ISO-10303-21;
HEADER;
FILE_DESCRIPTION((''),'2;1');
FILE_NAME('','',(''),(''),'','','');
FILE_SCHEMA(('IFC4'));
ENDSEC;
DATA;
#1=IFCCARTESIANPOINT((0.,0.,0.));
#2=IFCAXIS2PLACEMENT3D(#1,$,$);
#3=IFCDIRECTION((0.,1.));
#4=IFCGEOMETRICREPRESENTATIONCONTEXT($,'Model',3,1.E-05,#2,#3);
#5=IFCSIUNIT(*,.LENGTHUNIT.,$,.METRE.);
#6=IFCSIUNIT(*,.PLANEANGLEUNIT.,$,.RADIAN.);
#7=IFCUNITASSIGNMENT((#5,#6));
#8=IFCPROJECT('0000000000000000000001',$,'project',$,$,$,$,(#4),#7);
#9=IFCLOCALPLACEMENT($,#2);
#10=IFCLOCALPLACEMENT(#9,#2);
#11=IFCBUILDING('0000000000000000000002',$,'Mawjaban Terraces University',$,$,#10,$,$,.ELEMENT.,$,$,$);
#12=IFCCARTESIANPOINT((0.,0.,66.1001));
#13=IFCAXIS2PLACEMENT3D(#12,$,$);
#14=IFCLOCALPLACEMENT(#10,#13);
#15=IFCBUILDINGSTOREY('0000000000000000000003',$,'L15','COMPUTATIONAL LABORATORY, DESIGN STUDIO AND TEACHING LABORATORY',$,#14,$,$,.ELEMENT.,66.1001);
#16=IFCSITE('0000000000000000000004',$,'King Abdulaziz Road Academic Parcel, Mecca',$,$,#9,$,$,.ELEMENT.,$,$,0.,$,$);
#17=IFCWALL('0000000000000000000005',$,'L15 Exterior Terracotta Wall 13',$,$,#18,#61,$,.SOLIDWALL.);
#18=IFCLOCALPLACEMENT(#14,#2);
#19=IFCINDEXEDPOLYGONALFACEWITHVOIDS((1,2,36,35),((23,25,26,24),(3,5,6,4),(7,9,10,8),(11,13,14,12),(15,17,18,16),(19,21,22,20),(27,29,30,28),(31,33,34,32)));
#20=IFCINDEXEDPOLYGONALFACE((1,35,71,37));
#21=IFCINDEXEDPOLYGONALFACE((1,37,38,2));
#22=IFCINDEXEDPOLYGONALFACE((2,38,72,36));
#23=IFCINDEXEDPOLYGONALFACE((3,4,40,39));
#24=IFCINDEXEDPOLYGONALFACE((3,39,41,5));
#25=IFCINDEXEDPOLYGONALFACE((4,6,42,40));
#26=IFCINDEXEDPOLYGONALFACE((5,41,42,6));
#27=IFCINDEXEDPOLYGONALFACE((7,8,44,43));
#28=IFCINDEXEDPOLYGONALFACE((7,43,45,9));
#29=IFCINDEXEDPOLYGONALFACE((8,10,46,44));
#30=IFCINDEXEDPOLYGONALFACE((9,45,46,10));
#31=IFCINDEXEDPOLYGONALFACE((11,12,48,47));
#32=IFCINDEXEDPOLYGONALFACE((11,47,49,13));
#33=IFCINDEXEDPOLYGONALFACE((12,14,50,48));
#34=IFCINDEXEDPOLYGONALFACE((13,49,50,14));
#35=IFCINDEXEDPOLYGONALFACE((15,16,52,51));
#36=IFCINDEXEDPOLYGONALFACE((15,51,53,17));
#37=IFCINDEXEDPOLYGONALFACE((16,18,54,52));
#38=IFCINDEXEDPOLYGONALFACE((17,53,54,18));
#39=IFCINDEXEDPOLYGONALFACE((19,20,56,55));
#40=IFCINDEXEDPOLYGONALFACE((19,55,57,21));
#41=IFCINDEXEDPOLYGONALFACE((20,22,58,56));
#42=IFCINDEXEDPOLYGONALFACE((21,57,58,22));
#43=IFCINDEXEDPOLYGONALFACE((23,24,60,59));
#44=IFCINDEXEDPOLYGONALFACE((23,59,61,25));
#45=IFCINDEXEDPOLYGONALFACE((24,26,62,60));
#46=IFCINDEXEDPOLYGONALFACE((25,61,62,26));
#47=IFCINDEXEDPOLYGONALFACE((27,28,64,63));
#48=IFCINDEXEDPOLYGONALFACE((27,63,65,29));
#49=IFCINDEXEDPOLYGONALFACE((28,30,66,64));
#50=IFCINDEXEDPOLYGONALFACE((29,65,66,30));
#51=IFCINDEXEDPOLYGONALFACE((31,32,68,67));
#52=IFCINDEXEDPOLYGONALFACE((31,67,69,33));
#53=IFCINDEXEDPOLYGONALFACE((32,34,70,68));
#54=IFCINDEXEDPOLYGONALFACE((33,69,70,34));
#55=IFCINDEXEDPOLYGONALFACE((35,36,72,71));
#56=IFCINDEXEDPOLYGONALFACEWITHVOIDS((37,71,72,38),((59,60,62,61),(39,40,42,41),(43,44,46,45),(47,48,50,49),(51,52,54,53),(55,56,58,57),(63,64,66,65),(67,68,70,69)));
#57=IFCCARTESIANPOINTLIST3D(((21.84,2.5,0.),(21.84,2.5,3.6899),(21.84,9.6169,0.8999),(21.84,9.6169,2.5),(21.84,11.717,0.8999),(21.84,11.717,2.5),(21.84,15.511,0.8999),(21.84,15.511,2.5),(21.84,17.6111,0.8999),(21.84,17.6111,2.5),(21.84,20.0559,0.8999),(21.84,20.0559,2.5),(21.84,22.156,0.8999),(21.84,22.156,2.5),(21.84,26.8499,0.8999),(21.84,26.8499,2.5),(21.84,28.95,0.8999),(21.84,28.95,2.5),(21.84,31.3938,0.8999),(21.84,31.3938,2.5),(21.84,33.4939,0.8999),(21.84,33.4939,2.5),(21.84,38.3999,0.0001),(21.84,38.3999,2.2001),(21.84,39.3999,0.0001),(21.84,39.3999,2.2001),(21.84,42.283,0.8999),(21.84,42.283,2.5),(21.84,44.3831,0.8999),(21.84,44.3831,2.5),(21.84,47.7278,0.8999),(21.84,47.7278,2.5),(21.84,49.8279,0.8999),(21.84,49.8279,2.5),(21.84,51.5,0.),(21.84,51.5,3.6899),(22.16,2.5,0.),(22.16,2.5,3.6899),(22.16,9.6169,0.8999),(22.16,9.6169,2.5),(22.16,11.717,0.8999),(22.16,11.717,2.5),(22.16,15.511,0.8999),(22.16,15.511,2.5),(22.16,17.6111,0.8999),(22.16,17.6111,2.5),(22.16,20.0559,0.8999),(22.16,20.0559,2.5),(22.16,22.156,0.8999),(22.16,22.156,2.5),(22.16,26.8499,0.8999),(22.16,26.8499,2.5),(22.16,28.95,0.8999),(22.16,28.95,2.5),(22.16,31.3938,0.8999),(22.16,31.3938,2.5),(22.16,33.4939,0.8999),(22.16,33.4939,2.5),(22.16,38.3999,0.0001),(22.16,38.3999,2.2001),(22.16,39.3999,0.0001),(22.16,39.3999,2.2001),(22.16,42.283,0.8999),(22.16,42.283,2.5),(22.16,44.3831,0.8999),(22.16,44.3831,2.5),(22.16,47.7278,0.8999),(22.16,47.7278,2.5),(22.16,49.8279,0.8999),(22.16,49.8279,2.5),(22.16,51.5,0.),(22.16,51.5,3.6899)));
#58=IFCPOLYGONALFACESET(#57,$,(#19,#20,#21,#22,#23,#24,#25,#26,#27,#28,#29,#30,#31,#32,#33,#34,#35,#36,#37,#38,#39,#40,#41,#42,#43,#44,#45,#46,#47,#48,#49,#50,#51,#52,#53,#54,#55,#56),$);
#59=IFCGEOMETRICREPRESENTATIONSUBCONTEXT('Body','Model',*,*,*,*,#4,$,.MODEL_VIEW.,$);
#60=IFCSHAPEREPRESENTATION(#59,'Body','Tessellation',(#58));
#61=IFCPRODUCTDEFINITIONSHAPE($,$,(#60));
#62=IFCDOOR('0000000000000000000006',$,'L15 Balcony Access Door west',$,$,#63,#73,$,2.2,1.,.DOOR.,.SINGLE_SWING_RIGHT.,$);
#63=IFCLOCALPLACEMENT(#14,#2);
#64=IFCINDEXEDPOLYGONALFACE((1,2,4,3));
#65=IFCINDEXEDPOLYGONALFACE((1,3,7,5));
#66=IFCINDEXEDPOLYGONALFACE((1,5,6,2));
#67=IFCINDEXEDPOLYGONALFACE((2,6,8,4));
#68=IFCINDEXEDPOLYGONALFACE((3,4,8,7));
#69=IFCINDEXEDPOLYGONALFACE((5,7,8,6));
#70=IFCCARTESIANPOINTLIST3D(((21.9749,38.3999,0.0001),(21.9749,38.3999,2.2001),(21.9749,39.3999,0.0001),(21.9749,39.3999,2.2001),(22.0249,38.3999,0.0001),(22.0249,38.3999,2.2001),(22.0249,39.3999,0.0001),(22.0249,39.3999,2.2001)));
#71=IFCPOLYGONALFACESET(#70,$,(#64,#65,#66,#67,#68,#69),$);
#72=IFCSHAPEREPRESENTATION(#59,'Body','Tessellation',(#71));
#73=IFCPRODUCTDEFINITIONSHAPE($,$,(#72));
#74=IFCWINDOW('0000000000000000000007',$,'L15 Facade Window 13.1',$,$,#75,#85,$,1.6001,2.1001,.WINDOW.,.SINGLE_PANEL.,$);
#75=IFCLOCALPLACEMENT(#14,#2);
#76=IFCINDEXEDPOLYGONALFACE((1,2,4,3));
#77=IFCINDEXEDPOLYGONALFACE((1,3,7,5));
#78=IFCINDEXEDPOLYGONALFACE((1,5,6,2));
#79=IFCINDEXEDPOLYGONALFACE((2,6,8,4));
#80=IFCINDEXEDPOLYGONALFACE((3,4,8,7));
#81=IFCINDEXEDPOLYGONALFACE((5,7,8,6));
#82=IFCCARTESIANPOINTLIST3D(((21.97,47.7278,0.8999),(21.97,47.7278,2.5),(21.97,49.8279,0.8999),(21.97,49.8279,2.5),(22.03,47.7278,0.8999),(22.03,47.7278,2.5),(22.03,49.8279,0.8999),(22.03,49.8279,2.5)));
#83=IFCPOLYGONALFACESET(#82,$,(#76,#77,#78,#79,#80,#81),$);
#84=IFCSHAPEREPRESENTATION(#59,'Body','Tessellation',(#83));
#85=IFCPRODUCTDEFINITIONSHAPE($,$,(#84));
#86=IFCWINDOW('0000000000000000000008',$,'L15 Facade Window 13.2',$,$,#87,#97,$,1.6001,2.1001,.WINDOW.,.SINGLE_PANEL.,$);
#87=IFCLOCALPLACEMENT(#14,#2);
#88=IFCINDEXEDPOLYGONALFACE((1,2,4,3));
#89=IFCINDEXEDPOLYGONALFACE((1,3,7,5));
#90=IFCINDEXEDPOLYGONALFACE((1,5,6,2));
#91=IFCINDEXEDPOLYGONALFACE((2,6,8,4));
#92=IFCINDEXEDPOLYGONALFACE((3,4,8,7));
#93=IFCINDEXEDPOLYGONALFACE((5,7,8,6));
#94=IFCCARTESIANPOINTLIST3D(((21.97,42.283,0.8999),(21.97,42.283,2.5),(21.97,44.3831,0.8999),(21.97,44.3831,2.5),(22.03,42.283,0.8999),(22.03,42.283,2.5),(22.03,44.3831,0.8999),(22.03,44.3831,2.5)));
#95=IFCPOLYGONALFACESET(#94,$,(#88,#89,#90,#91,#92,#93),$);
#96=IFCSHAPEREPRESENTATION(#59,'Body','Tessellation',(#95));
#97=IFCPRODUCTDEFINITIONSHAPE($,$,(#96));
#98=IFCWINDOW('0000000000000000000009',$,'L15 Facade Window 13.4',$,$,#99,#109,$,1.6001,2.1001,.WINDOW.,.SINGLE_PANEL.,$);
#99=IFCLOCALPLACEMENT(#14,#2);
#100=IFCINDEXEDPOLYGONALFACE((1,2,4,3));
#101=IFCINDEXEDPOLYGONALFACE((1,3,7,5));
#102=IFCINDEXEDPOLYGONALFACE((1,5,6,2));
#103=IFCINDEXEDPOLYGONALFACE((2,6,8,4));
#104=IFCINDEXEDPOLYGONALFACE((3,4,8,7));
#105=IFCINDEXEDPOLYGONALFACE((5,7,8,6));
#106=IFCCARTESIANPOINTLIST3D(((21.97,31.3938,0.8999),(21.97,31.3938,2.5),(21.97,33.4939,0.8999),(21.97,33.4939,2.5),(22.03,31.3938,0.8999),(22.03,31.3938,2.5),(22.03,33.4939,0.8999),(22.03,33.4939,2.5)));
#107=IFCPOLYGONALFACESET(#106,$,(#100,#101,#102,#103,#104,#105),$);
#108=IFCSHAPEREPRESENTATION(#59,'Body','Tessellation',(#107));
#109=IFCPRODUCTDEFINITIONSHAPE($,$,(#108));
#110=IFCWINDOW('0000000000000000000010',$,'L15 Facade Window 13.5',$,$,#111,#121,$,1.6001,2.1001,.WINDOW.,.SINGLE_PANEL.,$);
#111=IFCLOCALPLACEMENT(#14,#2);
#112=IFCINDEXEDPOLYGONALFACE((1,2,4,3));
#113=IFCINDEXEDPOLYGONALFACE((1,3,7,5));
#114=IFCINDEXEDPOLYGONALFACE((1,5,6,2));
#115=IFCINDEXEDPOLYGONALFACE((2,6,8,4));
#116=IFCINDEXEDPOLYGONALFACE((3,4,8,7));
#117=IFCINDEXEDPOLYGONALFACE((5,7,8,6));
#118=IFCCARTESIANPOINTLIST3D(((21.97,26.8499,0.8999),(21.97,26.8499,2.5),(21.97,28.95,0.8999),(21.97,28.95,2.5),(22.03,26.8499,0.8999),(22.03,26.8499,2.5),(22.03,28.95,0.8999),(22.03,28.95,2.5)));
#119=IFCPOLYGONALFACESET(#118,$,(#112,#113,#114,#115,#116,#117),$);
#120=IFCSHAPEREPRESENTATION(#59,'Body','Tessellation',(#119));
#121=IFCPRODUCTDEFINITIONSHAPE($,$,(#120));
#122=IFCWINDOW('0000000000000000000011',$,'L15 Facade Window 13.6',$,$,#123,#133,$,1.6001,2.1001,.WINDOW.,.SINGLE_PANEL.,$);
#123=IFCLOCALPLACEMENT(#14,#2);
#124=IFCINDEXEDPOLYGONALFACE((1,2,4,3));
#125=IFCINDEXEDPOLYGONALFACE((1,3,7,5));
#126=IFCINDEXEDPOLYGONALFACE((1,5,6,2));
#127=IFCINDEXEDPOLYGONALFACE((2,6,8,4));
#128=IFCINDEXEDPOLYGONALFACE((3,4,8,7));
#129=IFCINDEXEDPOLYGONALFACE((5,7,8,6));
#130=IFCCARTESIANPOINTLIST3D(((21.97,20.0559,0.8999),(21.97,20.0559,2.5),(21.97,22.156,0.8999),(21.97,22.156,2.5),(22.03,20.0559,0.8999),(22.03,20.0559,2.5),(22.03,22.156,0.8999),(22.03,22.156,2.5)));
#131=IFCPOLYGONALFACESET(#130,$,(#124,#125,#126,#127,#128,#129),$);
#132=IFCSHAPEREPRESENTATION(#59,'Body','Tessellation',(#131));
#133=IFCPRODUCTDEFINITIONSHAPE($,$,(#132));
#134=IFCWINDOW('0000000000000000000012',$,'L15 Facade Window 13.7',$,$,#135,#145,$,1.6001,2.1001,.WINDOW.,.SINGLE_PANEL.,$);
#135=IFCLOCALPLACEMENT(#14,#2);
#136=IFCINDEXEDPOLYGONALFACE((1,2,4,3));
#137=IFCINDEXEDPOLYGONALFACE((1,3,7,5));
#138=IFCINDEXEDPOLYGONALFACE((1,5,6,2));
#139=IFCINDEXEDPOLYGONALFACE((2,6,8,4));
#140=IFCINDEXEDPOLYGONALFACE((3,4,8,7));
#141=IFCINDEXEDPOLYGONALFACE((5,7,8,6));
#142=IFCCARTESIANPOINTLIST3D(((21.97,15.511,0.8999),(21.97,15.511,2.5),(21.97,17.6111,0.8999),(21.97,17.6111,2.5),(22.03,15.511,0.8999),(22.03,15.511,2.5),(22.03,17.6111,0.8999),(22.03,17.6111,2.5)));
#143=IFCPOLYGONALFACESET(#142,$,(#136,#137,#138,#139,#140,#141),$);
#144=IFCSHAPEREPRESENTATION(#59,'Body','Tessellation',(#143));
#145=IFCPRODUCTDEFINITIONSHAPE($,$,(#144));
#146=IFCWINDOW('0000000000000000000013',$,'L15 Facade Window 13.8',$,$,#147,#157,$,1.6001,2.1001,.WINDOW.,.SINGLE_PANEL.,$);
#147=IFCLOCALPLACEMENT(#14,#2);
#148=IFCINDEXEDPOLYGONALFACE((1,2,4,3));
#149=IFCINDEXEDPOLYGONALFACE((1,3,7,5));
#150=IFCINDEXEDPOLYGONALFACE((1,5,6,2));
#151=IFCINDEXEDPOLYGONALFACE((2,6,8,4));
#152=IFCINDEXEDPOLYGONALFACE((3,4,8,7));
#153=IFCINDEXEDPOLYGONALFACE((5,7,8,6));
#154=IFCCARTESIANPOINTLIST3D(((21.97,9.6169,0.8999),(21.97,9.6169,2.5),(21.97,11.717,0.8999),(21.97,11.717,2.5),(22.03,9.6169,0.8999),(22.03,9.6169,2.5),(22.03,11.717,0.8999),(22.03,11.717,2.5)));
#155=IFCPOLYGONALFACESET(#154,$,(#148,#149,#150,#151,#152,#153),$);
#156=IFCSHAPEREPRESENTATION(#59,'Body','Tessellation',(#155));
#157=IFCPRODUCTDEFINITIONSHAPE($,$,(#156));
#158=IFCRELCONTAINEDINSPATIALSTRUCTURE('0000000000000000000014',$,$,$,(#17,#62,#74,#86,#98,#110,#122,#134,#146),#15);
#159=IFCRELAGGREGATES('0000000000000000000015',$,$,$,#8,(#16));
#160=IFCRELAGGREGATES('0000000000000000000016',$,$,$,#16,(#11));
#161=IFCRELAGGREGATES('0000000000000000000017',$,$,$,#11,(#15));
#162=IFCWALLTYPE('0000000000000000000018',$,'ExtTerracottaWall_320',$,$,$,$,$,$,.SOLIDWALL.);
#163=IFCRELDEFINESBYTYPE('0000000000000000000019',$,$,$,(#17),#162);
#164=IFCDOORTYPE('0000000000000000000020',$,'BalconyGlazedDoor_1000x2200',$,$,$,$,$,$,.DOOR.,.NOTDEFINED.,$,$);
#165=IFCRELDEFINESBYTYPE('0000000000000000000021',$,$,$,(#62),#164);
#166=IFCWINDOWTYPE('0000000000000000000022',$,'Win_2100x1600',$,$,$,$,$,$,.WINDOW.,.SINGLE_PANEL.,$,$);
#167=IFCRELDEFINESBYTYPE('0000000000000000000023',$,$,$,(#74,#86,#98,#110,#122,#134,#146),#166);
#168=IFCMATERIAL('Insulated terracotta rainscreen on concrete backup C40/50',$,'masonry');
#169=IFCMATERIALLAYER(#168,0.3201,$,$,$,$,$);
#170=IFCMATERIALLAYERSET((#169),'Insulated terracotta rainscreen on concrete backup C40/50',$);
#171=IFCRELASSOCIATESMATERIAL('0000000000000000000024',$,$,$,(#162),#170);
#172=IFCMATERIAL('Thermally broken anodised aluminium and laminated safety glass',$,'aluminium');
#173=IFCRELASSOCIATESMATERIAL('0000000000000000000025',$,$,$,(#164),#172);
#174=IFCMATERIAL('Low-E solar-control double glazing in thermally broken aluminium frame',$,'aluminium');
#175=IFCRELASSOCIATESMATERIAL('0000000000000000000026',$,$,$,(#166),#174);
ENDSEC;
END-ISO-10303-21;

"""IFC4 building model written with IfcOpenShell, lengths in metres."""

from ifc_helpers import new_model, si_unit, direction, frame, frame_2d, origin, place, context, subcontext, project, spatial, rectangle, extrude, material, layer, layer_set, type_object, element, fill, save


model = new_model("IFC4")

# Units and contexts
model_context = context("Model", 3, precision=1e-05, world=origin(), true_north=direction((0.0, 1.0)))
body_context = subcontext(model_context, "Body", "Model", "MODEL_VIEW")
ifc_project = project(units=[si_unit("LENGTHUNIT", "METRE"), si_unit("PLANEANGLEUNIT", "RADIAN")], contexts=[model_context])

# Site, building, storey
site_placement = place(None, origin())
site = spatial("IfcSite", under=ifc_project, at=site_placement, Name="King Abdulaziz Road Academic Parcel, Mecca", CompositionType="ELEMENT", RefElevation=0.0)
building_placement = place(site_placement, origin())
building = spatial("IfcBuilding", under=site, at=building_placement, Name="Mawjaban Terraces University", CompositionType="ELEMENT")
storey_placement = place(building_placement, frame((0.0, 0.0, 66.1001)))
storey = spatial("IfcBuildingStorey", under=building, at=storey_placement, Name="L15", Description="COMPUTATIONAL LABORATORY, DESIGN STUDIO AND TEACHING LABORATORY", CompositionType="ELEMENT", Elevation=66.1001)

# Shared definitions
ifc_material_1 = material(Name="Insulated terracotta rainscreen on concrete backup C40/50", Category="masonry")
ifc_layer_1 = layer(ifc_material_1, 0.3201)
ifc_layer_set_1 = layer_set([ifc_layer_1], Name="Insulated terracotta rainscreen on concrete backup C40/50")
wall_type_1 = type_object("IfcWallType", Name="ExtTerracottaWall_320", PredefinedType="SOLIDWALL", material=ifc_layer_set_1)
ifc_material_2 = material(Name="Low-E solar-control double glazing in thermally broken aluminium frame", Category="aluminium")

# Wall, openings, door, windows
wall_1_placement = place(storey_placement, frame((22.0, 51.5, 0.0), z_axis=(0.0, 0.0, 1.0), x_axis=(0.0, -1.0, 0.0)))
wall_1 = element("IfcWall", 1, at=wall_1_placement, inside=storey, type_object=wall_type_1, Name="L15 Exterior Terracotta Wall 13", PredefinedType="SOLIDWALL", context=body_context, shape_type="SweptSolid", body=[
    extrude(rectangle(XDim=49.0, YDim=0.3201, at=frame_2d((24.5, 0.0))), origin(), (0.0, 0.0, 1.0), 3.6899),
])
opening_1_placement = place(wall_1_placement, frame((12.1001, 0.0, 0.0)))
opening_1 = element("IfcOpeningElement", 2, at=opening_1_placement, cuts=wall_1, PredefinedType="OPENING", context=body_context, shape_type="SweptSolid", body=[
    extrude(rectangle(XDim=1.0, YDim=2.2, at=frame_2d((0.5, 1.1001))), frame((0.0, 0.1699, 0.0), z_axis=(0.0, -1.0, 0.0), x_axis=(1.0, 0.0, 0.0)), (0.0, 0.0, 1.0), 0.3401),
])
opening_2_placement = place(wall_1_placement, frame((1.6721, 0.0, 0.8999)))
opening_2 = element("IfcOpeningElement", 3, at=opening_2_placement, cuts=wall_1, PredefinedType="OPENING", context=body_context, shape_type="SweptSolid", body=[
    extrude(rectangle(XDim=2.1001, YDim=1.6001, at=frame_2d((1.05, 0.8))), frame((0.0, 0.1699, 0.0), z_axis=(0.0, -1.0, 0.0), x_axis=(1.0, 0.0, 0.0)), (0.0, 0.0, 1.0), 0.3401),
])
opening_3_placement = place(wall_1_placement, frame((7.1169, 0.0, 0.8999)))
opening_3 = element("IfcOpeningElement", 4, at=opening_3_placement, cuts=wall_1, PredefinedType="OPENING", context=body_context, shape_type="SweptSolid", body=[
    extrude(rectangle(XDim=2.1001, YDim=1.6001, at=frame_2d((1.05, 0.8))), frame((0.0, 0.1699, 0.0), z_axis=(0.0, -1.0, 0.0), x_axis=(1.0, 0.0, 0.0)), (0.0, 0.0, 1.0), 0.3401),
])
opening_4_placement = place(wall_1_placement, frame((18.0061, 0.0, 0.8999)))
opening_4 = element("IfcOpeningElement", 5, at=opening_4_placement, cuts=wall_1, PredefinedType="OPENING", context=body_context, shape_type="SweptSolid", body=[
    extrude(rectangle(XDim=2.1001, YDim=1.6001, at=frame_2d((1.05, 0.8))), frame((0.0, 0.1699, 0.0), z_axis=(0.0, -1.0, 0.0), x_axis=(1.0, 0.0, 0.0)), (0.0, 0.0, 1.0), 0.3401),
])
opening_5_placement = place(wall_1_placement, frame((22.55, 0.0, 0.8999)))
opening_5 = element("IfcOpeningElement", 6, at=opening_5_placement, cuts=wall_1, PredefinedType="OPENING", context=body_context, shape_type="SweptSolid", body=[
    extrude(rectangle(XDim=2.1001, YDim=1.6001, at=frame_2d((1.05, 0.8))), frame((0.0, 0.1699, 0.0), z_axis=(0.0, -1.0, 0.0), x_axis=(1.0, 0.0, 0.0)), (0.0, 0.0, 1.0), 0.3401),
])
opening_6_placement = place(wall_1_placement, frame((29.344, 0.0, 0.8999)))
opening_6 = element("IfcOpeningElement", 7, at=opening_6_placement, cuts=wall_1, PredefinedType="OPENING", context=body_context, shape_type="SweptSolid", body=[
    extrude(rectangle(XDim=2.1001, YDim=1.6001, at=frame_2d((1.05, 0.8))), frame((0.0, 0.1699, 0.0), z_axis=(0.0, -1.0, 0.0), x_axis=(1.0, 0.0, 0.0)), (0.0, 0.0, 1.0), 0.3401),
])
opening_7_placement = place(wall_1_placement, frame((33.8889, 0.0, 0.8999)))
opening_7 = element("IfcOpeningElement", 8, at=opening_7_placement, cuts=wall_1, PredefinedType="OPENING", context=body_context, shape_type="SweptSolid", body=[
    extrude(rectangle(XDim=2.1001, YDim=1.6001, at=frame_2d((1.05, 0.8))), frame((0.0, 0.1699, 0.0), z_axis=(0.0, -1.0, 0.0), x_axis=(1.0, 0.0, 0.0)), (0.0, 0.0, 1.0), 0.3401),
])
opening_8_placement = place(wall_1_placement, frame((39.783, 0.0, 0.8999)))
opening_8 = element("IfcOpeningElement", 9, at=opening_8_placement, cuts=wall_1, PredefinedType="OPENING", context=body_context, shape_type="SweptSolid", body=[
    extrude(rectangle(XDim=2.1001, YDim=1.6001, at=frame_2d((1.05, 0.8))), frame((0.0, 0.1699, 0.0), z_axis=(0.0, -1.0, 0.0), x_axis=(1.0, 0.0, 0.0)), (0.0, 0.0, 1.0), 0.3401),
])
ifc_material_3 = material(Name="Thermally broken anodised aluminium and laminated safety glass", Category="aluminium")
door_type_1 = type_object("IfcDoorType", Name="BalconyGlazedDoor_1000x2200", OperationType="NOTDEFINED", PredefinedType="DOOR", material=ifc_material_3)
door_1_placement = place(opening_1_placement, origin())
door_1 = element("IfcDoor", 10, at=door_1_placement, inside=storey, type_object=door_type_1, Name="L15 Balcony Access Door west", OperationType="SINGLE_SWING_RIGHT", OverallHeight=2.2, OverallWidth=1.0, PredefinedType="DOOR", context=body_context, shape_type="SweptSolid", body=[
    extrude(rectangle(XDim=1.0, YDim=2.2, at=frame_2d((0.5, 1.1001))), frame((0.0, 0.0249, 0.0), z_axis=(0.0, -1.0, 0.0), x_axis=(1.0, 0.0, 0.0)), (0.0, 0.0, 1.0), 0.05),
])
fill(opening_1, door_1)
window_type_1 = type_object("IfcWindowType", Name="Win_2100x1600", PartitioningType="SINGLE_PANEL", PredefinedType="WINDOW", material=ifc_material_2)
window_1_placement = place(opening_2_placement, origin())
window_1 = element("IfcWindow", 11, at=window_1_placement, inside=storey, type_object=window_type_1, Name="L15 Facade Window 13.1", OverallHeight=1.6001, OverallWidth=2.1001, PartitioningType="SINGLE_PANEL", PredefinedType="WINDOW", context=body_context, shape_type="SweptSolid", body=[
    extrude(rectangle(XDim=2.1001, YDim=1.6001, at=frame_2d((1.05, 0.8))), frame((0.0, 0.03, 0.0), z_axis=(0.0, -1.0, 0.0), x_axis=(1.0, 0.0, 0.0)), (0.0, 0.0, 1.0), 0.0601),
])
fill(opening_2, window_1)
window_2_placement = place(opening_3_placement, origin())
window_2 = element("IfcWindow", 12, at=window_2_placement, inside=storey, type_object=window_type_1, Name="L15 Facade Window 13.2", OverallHeight=1.6001, OverallWidth=2.1001, PartitioningType="SINGLE_PANEL", PredefinedType="WINDOW", context=body_context, shape_type="SweptSolid", body=[
    extrude(rectangle(XDim=2.1001, YDim=1.6001, at=frame_2d((1.05, 0.8))), frame((0.0, 0.03, 0.0), z_axis=(0.0, -1.0, 0.0), x_axis=(1.0, 0.0, 0.0)), (0.0, 0.0, 1.0), 0.0601),
])
fill(opening_3, window_2)
window_3_placement = place(opening_4_placement, origin())
window_3 = element("IfcWindow", 13, at=window_3_placement, inside=storey, type_object=window_type_1, Name="L15 Facade Window 13.4", OverallHeight=1.6001, OverallWidth=2.1001, PartitioningType="SINGLE_PANEL", PredefinedType="WINDOW", context=body_context, shape_type="SweptSolid", body=[
    extrude(rectangle(XDim=2.1001, YDim=1.6001, at=frame_2d((1.05, 0.8))), frame((0.0, 0.03, 0.0), z_axis=(0.0, -1.0, 0.0), x_axis=(1.0, 0.0, 0.0)), (0.0, 0.0, 1.0), 0.0601),
])
fill(opening_4, window_3)
window_4_placement = place(opening_5_placement, origin())
window_4 = element("IfcWindow", 14, at=window_4_placement, inside=storey, type_object=window_type_1, Name="L15 Facade Window 13.5", OverallHeight=1.6001, OverallWidth=2.1001, PartitioningType="SINGLE_PANEL", PredefinedType="WINDOW", context=body_context, shape_type="SweptSolid", body=[
    extrude(rectangle(XDim=2.1001, YDim=1.6001, at=frame_2d((1.05, 0.8))), frame((0.0, 0.03, 0.0), z_axis=(0.0, -1.0, 0.0), x_axis=(1.0, 0.0, 0.0)), (0.0, 0.0, 1.0), 0.0601),
])
fill(opening_5, window_4)
window_5_placement = place(opening_6_placement, origin())
window_5 = element("IfcWindow", 15, at=window_5_placement, inside=storey, type_object=window_type_1, Name="L15 Facade Window 13.6", OverallHeight=1.6001, OverallWidth=2.1001, PartitioningType="SINGLE_PANEL", PredefinedType="WINDOW", context=body_context, shape_type="SweptSolid", body=[
    extrude(rectangle(XDim=2.1001, YDim=1.6001, at=frame_2d((1.05, 0.8))), frame((0.0, 0.03, 0.0), z_axis=(0.0, -1.0, 0.0), x_axis=(1.0, 0.0, 0.0)), (0.0, 0.0, 1.0), 0.0601),
])
fill(opening_6, window_5)
window_6_placement = place(opening_7_placement, origin())
window_6 = element("IfcWindow", 16, at=window_6_placement, inside=storey, type_object=window_type_1, Name="L15 Facade Window 13.7", OverallHeight=1.6001, OverallWidth=2.1001, PartitioningType="SINGLE_PANEL", PredefinedType="WINDOW", context=body_context, shape_type="SweptSolid", body=[
    extrude(rectangle(XDim=2.1001, YDim=1.6001, at=frame_2d((1.05, 0.8))), frame((0.0, 0.03, 0.0), z_axis=(0.0, -1.0, 0.0), x_axis=(1.0, 0.0, 0.0)), (0.0, 0.0, 1.0), 0.0601),
])
fill(opening_7, window_6)
window_7_placement = place(opening_8_placement, origin())
window_7 = element("IfcWindow", 17, at=window_7_placement, inside=storey, type_object=window_type_1, Name="L15 Facade Window 13.8", OverallHeight=1.6001, OverallWidth=2.1001, PartitioningType="SINGLE_PANEL", PredefinedType="WINDOW", context=body_context, shape_type="SweptSolid", body=[
    extrude(rectangle(XDim=2.1001, YDim=1.6001, at=frame_2d((1.05, 0.8))), frame((0.0, 0.03, 0.0), z_axis=(0.0, -1.0, 0.0), x_axis=(1.0, 0.0, 0.0)), (0.0, 0.0, 1.0), 0.0601),
])
fill(opening_8, window_7)

save(model, "model.ifc")
